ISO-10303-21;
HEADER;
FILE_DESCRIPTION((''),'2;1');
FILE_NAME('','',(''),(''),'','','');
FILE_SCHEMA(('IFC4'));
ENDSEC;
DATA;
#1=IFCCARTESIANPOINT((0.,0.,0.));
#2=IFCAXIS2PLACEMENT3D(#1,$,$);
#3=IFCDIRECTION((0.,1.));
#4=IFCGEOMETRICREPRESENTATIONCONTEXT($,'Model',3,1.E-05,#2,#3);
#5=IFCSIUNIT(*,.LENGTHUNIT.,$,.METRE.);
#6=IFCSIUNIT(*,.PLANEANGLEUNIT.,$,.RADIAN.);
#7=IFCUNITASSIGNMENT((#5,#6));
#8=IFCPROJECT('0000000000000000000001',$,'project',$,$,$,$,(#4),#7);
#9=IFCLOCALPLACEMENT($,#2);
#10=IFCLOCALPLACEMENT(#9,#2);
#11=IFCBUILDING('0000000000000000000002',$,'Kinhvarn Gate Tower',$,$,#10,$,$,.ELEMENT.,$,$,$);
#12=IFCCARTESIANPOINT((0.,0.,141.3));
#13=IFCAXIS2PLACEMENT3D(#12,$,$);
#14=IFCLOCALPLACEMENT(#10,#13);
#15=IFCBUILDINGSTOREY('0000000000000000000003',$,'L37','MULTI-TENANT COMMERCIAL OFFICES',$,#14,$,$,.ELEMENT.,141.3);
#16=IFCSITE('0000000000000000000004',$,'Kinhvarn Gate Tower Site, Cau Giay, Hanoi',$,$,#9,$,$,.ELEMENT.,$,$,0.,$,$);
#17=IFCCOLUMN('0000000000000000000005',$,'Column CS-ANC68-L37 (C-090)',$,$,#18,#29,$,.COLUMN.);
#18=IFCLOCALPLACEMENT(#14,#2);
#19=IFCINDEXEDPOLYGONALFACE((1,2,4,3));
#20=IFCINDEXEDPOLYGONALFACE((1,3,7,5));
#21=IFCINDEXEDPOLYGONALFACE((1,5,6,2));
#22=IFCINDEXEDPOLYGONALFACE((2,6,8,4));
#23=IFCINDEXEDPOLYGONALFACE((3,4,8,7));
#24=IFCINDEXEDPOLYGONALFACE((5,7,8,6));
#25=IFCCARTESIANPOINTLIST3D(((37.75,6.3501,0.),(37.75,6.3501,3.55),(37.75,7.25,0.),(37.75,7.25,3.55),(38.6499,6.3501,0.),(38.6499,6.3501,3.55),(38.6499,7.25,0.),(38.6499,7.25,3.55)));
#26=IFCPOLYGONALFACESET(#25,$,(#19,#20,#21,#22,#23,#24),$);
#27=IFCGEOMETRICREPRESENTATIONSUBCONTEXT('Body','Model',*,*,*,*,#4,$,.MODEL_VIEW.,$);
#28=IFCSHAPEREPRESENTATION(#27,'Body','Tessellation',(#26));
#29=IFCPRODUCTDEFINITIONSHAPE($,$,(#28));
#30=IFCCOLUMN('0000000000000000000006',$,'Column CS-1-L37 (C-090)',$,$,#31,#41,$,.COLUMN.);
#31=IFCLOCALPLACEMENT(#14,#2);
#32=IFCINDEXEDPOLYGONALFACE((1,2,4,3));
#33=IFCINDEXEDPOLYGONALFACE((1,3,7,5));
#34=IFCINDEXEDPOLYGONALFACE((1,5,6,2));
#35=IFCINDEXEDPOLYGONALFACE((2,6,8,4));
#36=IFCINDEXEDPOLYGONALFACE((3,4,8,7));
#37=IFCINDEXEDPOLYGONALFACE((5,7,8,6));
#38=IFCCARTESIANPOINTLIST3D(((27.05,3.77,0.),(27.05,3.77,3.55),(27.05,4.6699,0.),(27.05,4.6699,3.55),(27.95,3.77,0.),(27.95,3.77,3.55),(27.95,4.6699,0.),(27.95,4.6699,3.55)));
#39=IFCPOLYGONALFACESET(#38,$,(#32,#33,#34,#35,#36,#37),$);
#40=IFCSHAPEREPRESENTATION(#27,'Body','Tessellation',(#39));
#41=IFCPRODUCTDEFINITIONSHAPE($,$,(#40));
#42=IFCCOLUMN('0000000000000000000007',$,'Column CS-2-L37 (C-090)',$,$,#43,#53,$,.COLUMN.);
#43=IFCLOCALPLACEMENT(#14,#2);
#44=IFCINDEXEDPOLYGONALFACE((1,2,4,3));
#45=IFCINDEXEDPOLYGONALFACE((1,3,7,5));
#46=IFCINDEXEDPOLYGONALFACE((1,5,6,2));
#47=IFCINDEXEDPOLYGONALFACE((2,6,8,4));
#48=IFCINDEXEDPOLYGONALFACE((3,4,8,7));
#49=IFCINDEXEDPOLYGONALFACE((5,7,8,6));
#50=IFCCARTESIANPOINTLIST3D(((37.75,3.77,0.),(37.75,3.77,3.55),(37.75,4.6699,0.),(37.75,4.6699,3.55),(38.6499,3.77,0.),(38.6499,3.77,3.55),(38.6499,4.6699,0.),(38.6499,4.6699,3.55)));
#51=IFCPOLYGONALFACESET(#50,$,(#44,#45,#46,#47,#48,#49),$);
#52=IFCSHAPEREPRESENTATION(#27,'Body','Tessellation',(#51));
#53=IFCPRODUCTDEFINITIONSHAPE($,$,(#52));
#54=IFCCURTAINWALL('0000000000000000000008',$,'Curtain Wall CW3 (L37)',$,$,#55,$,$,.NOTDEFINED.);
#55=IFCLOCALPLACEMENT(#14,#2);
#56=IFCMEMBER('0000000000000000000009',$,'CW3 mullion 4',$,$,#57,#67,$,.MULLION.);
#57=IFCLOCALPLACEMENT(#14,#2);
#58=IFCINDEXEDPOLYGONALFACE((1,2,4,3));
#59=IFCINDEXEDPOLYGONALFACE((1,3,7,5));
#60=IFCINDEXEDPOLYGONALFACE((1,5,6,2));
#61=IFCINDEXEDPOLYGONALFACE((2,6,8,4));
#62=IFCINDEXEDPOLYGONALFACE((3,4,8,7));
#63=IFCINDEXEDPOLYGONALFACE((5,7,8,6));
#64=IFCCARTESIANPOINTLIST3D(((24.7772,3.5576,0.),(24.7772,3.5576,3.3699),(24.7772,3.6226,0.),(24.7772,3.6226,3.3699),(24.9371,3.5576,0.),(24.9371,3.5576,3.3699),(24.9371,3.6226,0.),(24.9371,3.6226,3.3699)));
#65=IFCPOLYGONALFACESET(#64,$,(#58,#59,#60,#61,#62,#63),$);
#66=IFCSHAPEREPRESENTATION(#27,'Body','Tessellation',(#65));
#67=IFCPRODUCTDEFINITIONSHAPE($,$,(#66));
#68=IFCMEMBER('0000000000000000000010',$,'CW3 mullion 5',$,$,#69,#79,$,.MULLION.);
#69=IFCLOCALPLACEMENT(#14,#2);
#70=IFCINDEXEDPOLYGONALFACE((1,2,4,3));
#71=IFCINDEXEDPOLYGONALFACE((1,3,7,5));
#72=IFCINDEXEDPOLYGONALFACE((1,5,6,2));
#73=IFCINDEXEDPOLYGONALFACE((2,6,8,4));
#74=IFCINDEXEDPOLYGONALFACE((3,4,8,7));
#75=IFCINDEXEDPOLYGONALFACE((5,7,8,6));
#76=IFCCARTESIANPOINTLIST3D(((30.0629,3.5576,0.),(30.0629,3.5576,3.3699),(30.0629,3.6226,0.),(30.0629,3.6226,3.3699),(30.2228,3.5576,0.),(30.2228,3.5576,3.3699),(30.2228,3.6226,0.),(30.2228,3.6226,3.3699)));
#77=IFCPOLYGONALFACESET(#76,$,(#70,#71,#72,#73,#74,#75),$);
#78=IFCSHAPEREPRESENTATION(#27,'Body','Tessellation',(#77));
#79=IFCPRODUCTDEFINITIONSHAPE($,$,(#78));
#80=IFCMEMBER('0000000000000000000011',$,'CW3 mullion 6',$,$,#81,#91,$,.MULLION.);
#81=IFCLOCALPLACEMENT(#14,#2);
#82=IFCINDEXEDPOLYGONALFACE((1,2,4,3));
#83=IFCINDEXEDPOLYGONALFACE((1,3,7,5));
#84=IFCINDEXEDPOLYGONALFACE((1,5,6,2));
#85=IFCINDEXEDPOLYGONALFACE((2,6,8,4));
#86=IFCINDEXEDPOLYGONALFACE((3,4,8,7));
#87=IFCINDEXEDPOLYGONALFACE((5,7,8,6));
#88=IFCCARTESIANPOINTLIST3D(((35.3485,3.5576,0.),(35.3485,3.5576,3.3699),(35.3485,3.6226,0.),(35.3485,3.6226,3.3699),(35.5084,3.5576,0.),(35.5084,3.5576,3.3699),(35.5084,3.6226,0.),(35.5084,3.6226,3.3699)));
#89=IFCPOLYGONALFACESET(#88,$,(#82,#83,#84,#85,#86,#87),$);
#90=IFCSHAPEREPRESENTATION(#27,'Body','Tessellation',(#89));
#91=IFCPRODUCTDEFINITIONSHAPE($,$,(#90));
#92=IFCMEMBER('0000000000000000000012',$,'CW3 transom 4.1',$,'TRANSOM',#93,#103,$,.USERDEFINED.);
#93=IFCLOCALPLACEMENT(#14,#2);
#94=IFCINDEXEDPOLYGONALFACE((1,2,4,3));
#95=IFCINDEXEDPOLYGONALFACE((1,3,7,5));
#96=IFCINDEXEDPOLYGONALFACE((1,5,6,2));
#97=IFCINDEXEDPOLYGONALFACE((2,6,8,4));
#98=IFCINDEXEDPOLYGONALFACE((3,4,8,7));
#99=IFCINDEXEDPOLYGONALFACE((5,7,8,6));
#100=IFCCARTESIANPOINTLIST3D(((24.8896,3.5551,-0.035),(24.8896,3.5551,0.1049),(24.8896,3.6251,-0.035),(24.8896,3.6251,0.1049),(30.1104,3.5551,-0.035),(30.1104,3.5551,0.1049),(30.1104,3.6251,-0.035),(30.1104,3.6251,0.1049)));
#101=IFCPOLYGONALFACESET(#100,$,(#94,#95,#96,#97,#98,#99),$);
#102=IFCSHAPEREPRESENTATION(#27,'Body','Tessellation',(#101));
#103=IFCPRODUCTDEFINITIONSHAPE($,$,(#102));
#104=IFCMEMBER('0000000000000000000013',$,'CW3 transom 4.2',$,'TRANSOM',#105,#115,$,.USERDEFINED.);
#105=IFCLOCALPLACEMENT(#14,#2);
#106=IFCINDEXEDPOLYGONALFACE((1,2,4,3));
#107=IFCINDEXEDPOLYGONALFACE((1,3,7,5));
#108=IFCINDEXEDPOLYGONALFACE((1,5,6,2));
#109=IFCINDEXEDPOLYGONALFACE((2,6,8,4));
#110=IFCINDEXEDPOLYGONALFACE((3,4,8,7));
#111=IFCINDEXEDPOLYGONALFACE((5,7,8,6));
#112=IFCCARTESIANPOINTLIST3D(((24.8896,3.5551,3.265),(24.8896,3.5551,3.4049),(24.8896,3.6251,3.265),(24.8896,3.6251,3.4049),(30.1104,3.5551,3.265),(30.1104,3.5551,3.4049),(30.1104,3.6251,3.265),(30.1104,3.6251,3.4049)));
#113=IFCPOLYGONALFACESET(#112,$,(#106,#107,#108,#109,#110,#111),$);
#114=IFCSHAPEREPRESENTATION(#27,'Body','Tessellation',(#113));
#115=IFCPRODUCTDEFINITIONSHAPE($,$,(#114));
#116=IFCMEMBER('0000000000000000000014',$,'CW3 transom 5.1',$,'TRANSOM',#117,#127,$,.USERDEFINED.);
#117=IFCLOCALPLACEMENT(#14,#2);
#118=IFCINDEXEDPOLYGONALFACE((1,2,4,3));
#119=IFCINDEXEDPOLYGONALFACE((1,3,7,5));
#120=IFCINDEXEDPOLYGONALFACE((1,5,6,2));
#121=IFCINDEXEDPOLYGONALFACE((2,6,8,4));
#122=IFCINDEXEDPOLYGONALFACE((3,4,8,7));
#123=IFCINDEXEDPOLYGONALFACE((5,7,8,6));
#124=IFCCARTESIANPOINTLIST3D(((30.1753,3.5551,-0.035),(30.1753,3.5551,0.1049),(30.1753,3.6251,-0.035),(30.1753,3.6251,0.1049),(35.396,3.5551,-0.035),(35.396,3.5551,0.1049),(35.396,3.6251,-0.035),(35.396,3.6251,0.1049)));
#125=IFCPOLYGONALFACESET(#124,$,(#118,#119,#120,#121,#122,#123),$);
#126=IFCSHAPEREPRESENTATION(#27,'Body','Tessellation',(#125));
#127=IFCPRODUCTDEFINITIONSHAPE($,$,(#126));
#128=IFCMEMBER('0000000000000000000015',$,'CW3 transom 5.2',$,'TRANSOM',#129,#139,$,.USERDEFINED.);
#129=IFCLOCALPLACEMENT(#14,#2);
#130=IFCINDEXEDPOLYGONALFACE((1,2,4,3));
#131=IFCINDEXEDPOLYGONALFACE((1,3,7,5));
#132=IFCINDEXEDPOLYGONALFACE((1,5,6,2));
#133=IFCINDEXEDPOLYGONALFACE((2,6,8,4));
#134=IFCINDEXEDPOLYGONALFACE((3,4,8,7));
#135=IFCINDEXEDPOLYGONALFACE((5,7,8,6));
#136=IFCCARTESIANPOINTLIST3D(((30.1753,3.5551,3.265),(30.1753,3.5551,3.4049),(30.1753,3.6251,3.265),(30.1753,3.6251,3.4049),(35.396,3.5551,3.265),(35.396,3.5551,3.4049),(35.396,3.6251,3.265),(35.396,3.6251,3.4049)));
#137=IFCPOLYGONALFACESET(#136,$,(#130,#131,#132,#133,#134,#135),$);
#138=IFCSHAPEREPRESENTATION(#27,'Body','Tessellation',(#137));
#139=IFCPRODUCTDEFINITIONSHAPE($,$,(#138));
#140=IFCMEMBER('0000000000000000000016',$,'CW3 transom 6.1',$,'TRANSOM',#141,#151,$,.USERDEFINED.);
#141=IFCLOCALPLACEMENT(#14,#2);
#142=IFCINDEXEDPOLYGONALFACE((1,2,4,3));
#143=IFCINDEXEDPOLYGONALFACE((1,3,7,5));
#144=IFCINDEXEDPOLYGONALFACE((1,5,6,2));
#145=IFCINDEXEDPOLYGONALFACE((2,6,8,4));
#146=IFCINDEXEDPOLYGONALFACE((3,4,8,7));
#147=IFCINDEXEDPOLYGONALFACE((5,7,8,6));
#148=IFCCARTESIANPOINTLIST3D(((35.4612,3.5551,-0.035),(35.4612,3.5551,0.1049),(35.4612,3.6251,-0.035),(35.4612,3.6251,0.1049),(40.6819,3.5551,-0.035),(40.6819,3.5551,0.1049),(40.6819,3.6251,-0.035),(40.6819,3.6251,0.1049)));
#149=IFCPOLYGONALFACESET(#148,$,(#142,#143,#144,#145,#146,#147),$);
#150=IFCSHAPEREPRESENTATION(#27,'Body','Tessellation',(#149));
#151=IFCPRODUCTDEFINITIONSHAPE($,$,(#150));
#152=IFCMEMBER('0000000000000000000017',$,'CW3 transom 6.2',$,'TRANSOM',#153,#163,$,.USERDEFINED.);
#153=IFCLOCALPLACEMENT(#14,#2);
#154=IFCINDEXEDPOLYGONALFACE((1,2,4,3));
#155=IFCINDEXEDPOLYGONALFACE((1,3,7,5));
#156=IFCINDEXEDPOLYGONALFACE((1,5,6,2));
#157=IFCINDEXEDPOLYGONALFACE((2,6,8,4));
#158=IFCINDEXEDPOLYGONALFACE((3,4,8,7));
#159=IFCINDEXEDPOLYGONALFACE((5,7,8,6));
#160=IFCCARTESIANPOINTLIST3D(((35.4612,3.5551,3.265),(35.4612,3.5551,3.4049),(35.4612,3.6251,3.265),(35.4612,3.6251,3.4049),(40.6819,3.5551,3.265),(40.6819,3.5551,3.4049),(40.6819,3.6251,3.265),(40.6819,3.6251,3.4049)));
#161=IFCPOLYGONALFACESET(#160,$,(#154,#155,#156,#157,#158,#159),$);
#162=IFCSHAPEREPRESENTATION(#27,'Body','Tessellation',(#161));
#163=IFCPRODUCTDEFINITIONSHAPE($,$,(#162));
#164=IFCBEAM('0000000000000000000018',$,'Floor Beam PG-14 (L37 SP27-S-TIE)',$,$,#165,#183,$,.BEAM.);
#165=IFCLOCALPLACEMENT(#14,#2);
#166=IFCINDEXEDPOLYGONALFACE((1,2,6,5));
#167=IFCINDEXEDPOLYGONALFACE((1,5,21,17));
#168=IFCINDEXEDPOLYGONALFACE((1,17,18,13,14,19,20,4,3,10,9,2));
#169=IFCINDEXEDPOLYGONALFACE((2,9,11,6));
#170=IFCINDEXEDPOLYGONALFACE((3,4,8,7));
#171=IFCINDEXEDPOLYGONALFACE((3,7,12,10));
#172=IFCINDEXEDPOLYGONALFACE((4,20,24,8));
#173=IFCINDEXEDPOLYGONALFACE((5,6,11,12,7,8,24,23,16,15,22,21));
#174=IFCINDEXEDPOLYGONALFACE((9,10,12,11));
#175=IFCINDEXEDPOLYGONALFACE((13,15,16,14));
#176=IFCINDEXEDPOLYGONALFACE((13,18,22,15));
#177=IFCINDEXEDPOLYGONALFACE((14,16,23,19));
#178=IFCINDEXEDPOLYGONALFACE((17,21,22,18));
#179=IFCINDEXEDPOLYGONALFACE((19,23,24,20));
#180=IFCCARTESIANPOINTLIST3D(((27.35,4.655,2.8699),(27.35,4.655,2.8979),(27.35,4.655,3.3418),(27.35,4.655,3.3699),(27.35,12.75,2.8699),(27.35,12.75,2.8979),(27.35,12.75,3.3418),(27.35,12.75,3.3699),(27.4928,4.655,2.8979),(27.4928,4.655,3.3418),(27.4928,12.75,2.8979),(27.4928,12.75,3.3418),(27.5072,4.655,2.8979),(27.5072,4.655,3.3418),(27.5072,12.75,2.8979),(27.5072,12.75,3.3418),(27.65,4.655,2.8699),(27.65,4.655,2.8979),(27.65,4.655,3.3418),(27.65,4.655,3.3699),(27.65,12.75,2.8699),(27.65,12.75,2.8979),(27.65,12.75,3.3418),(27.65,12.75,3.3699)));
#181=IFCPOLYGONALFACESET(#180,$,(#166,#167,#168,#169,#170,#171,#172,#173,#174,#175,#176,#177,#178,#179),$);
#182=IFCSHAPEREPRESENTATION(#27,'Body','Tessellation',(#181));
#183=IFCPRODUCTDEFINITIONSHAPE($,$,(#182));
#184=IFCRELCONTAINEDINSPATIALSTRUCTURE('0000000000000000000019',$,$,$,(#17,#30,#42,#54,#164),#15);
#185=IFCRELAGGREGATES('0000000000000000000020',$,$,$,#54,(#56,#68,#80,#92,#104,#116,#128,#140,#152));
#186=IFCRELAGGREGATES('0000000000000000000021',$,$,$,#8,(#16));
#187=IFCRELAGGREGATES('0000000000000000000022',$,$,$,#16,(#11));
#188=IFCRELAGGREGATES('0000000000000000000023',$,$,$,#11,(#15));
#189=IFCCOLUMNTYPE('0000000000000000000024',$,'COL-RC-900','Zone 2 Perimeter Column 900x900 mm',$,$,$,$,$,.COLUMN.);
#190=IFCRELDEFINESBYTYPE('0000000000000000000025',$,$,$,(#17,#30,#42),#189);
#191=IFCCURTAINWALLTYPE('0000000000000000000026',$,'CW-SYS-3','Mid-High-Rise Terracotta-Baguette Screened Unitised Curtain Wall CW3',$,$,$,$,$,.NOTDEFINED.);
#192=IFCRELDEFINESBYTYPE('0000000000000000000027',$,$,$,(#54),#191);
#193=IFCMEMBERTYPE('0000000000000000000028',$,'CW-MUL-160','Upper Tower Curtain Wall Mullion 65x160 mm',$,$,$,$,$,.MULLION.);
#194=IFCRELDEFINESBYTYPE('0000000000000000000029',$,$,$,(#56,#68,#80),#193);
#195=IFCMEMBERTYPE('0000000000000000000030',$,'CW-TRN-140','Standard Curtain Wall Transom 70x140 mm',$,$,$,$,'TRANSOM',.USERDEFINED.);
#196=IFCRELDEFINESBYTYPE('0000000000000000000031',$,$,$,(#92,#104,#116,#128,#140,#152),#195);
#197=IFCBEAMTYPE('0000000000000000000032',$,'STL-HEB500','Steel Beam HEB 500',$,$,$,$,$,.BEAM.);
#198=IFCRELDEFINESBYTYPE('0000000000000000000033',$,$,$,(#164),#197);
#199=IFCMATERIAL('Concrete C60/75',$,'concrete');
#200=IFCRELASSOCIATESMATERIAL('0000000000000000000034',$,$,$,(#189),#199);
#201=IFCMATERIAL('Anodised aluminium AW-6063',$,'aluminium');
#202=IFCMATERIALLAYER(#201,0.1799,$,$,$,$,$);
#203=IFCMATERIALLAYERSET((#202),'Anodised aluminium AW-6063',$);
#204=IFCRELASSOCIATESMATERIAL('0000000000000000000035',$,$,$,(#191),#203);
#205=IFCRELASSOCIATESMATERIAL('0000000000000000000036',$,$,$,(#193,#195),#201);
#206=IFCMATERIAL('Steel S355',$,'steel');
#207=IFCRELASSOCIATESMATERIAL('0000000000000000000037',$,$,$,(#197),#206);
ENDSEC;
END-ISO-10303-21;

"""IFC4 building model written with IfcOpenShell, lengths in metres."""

from ifc_helpers import new_model, si_unit, direction, frame, origin, origin_2d, place, context, subcontext, project, spatial, rectangle, i_section, extrude, material, layer, layer_set, material_profile, profile_set, type_object, element, aggregate, save


model = new_model("IFC4")

# Units and contexts
model_context = context("Model", 3, precision=1e-05, world=origin(), true_north=direction((0.0, 1.0)))
body_context = subcontext(model_context, "Body", "Model", "MODEL_VIEW")
ifc_project = project(units=[si_unit("LENGTHUNIT", "METRE"), si_unit("PLANEANGLEUNIT", "RADIAN")], contexts=[model_context])

# Site, building, storey
site_placement = place(None, origin())
site = spatial("IfcSite", under=ifc_project, at=site_placement, Name="Kinhvarn Gate Tower Site, Cau Giay, Hanoi", CompositionType="ELEMENT", RefElevation=0.0)
building_placement = place(site_placement, origin())
building = spatial("IfcBuilding", under=site, at=building_placement, Name="Kinhvarn Gate Tower", CompositionType="ELEMENT")
storey_placement = place(building_placement, frame((0.0, 0.0, 141.3)))
storey = spatial("IfcBuildingStorey", under=building, at=storey_placement, Name="L37", Description="MULTI-TENANT COMMERCIAL OFFICES", CompositionType="ELEMENT", Elevation=141.3)

# Columns
ifc_material_1 = material(Name="Concrete C60/75", Category="concrete")
ifc_material_profile_1 = material_profile(ifc_material_1, rectangle(XDim=0.8999, YDim=0.8999, at=origin_2d()), Name="RC 900x900")
ifc_profile_set_1 = profile_set([ifc_material_profile_1], Name="Concrete C60/75")
column_type = type_object("IfcColumnType", Name="COL-RC-900", Description="Zone 2 Perimeter Column 900x900 mm", PredefinedType="COLUMN", material=ifc_profile_set_1)
for number, where, z_axis, x_axis, name in (
    (1, (38.2, 6.8, 0.0), (0.0, 0.0, 1.0), (1.0, 0.0, 0.0), "Column CS-ANC68-L37 (C-090)"),
    (2, (27.5, 4.22, 0.0), (0.0, 0.0, 1.0), (1.0, 0.0, 0.0), "Column CS-1-L37 (C-090)"),
    (3, (38.2, 4.22, 0.0), (0.0, 0.0, 1.0), (1.0, 0.0, 0.0), "Column CS-2-L37 (C-090)"),
):
    element("IfcColumn", number, at=place(storey_placement, frame(where, z_axis=z_axis, x_axis=x_axis)), inside=storey, type_object=column_type, Name=name, PredefinedType="COLUMN", context=body_context, shape_type="SweptSolid", body=[
        extrude(rectangle(XDim=0.8999, YDim=0.8999, at=origin_2d()), origin(), (0.0, 0.0, 1.0), 3.55),
    ])

# Curtain wall, members
ifc_material_2 = material(Name="Anodised aluminium AW-6063", Category="aluminium")
ifc_layer_1 = layer(ifc_material_2, 0.1799)
ifc_layer_set_1 = layer_set([ifc_layer_1], Name="Anodised aluminium AW-6063")
curtain_wall_type = type_object("IfcCurtainWallType", Name="CW-SYS-3", Description="Mid-High-Rise Terracotta-Baguette Screened Unitised Curtain Wall CW3", PredefinedType="NOTDEFINED", material=ifc_layer_set_1)
curtain_wall_placement = place(storey_placement, origin())
curtain_wall = element("IfcCurtainWall", 4, at=curtain_wall_placement, inside=storey, type_object=curtain_wall_type, Name="Curtain Wall CW3 (L37)", PredefinedType="NOTDEFINED")
ifc_material_profile_2 = material_profile(ifc_material_2, rectangle(XDim=0.0649, YDim=0.1599, at=origin_2d()), Name="ALU 65x160")
ifc_profile_set_2 = profile_set([ifc_material_profile_2], Name="Anodised aluminium AW-6063")
member_type_1 = type_object("IfcMemberType", Name="CW-MUL-160", Description="Upper Tower Curtain Wall Mullion 65x160 mm", PredefinedType="MULLION", material=ifc_profile_set_2)
member_1_placement = place(storey_placement, frame((24.8572, 3.5901, 0.0), z_axis=(0.0, 0.0, 1.0), x_axis=(0.0, 1.0, 0.0)))
member_1 = element("IfcMember", 5, at=member_1_placement, type_object=member_type_1, Name="CW3 mullion 4", PredefinedType="MULLION", context=body_context, shape_type="SweptSolid", body=[
    extrude(rectangle(XDim=0.0649, YDim=0.1599, at=origin_2d()), origin(), (0.0, 0.0, 1.0), 3.3699),
])
member_2_placement = place(storey_placement, frame((30.1428, 3.5901, 0.0), z_axis=(0.0, 0.0, 1.0), x_axis=(0.0, 1.0, 0.0)))
member_2 = element("IfcMember", 6, at=member_2_placement, type_object=member_type_1, Name="CW3 mullion 5", PredefinedType="MULLION", context=body_context, shape_type="SweptSolid", body=[
    extrude(rectangle(XDim=0.0649, YDim=0.1599, at=origin_2d()), origin(), (0.0, 0.0, 1.0), 3.3699),
])
member_3_placement = place(storey_placement, frame((35.4285, 3.5901, 0.0), z_axis=(0.0, 0.0, 1.0), x_axis=(0.0, 1.0, 0.0)))
member_3 = element("IfcMember", 7, at=member_3_placement, type_object=member_type_1, Name="CW3 mullion 6", PredefinedType="MULLION", context=body_context, shape_type="SweptSolid", body=[
    extrude(rectangle(XDim=0.0649, YDim=0.1599, at=origin_2d()), origin(), (0.0, 0.0, 1.0), 3.3699),
])
ifc_material_profile_3 = material_profile(ifc_material_2, rectangle(XDim=0.0701, YDim=0.1399, at=origin_2d()), Name="ALU 70x140")
ifc_profile_set_3 = profile_set([ifc_material_profile_3], Name="Anodised aluminium AW-6063")
member_type_2 = type_object("IfcMemberType", Name="CW-TRN-140", Description="Standard Curtain Wall Transom 70x140 mm", ElementType="TRANSOM", PredefinedType="USERDEFINED", material=ifc_profile_set_3)
member_4_placement = place(storey_placement, frame((24.8896, 3.5901, 0.0349), z_axis=(1.0, 0.0, 0.0), x_axis=(0.0, 1.0, 0.0)))
member_4 = element("IfcMember", 8, at=member_4_placement, type_object=member_type_2, Name="CW3 transom 4.1", ObjectType="TRANSOM", PredefinedType="USERDEFINED", context=body_context, shape_type="SweptSolid", body=[
    extrude(rectangle(XDim=0.0701, YDim=0.1399, at=origin_2d()), origin(), (0.0, 0.0, 1.0), 5.2207),
])
member_5_placement = place(storey_placement, frame((24.8896, 3.5901, 3.335), z_axis=(1.0, 0.0, 0.0), x_axis=(0.0, 1.0, 0.0)))
member_5 = element("IfcMember", 9, at=member_5_placement, type_object=member_type_2, Name="CW3 transom 4.2", ObjectType="TRANSOM", PredefinedType="USERDEFINED", context=body_context, shape_type="SweptSolid", body=[
    extrude(rectangle(XDim=0.0701, YDim=0.1399, at=origin_2d()), origin(), (0.0, 0.0, 1.0), 5.2207),
])
member_6_placement = place(storey_placement, frame((30.1753, 3.5901, 0.0349), z_axis=(1.0, 0.0, 0.0), x_axis=(0.0, 1.0, 0.0)))
member_6 = element("IfcMember", 10, at=member_6_placement, type_object=member_type_2, Name="CW3 transom 5.1", ObjectType="TRANSOM", PredefinedType="USERDEFINED", context=body_context, shape_type="SweptSolid", body=[
    extrude(rectangle(XDim=0.0701, YDim=0.1399, at=origin_2d()), origin(), (0.0, 0.0, 1.0), 5.2207),
])
member_7_placement = place(storey_placement, frame((30.1753, 3.5901, 3.335), z_axis=(1.0, 0.0, 0.0), x_axis=(0.0, 1.0, 0.0)))
member_7 = element("IfcMember", 11, at=member_7_placement, type_object=member_type_2, Name="CW3 transom 5.2", ObjectType="TRANSOM", PredefinedType="USERDEFINED", context=body_context, shape_type="SweptSolid", body=[
    extrude(rectangle(XDim=0.0701, YDim=0.1399, at=origin_2d()), origin(), (0.0, 0.0, 1.0), 5.2207),
])
member_8_placement = place(storey_placement, frame((35.4612, 3.5901, 0.0349), z_axis=(1.0, 0.0, 0.0), x_axis=(0.0, 1.0, 0.0)))
member_8 = element("IfcMember", 12, at=member_8_placement, type_object=member_type_2, Name="CW3 transom 6.1", ObjectType="TRANSOM", PredefinedType="USERDEFINED", context=body_context, shape_type="SweptSolid", body=[
    extrude(rectangle(XDim=0.0701, YDim=0.1399, at=origin_2d()), origin(), (0.0, 0.0, 1.0), 5.2207),
])
member_9_placement = place(storey_placement, frame((35.4612, 3.5901, 3.335), z_axis=(1.0, 0.0, 0.0), x_axis=(0.0, 1.0, 0.0)))
member_9 = element("IfcMember", 13, at=member_9_placement, type_object=member_type_2, Name="CW3 transom 6.2", ObjectType="TRANSOM", PredefinedType="USERDEFINED", context=body_context, shape_type="SweptSolid", body=[
    extrude(rectangle(XDim=0.0701, YDim=0.1399, at=origin_2d()), origin(), (0.0, 0.0, 1.0), 5.2207),
])

# Beam
ifc_material_3 = material(Name="Steel S355", Category="steel")
ifc_material_profile_4 = material_profile(ifc_material_3, i_section(OverallWidth=0.3, OverallDepth=0.5, WebThickness=0.0144, FlangeThickness=0.0281, at=origin_2d()), Name="HEB 500")
ifc_profile_set_4 = profile_set([ifc_material_profile_4], Name="Steel S355")
beam_type_1 = type_object("IfcBeamType", Name="STL-HEB500", Description="Steel Beam HEB 500", PredefinedType="BEAM", material=ifc_profile_set_4)
beam_1_placement = place(storey_placement, frame((27.5, 4.655, 3.1199), z_axis=(0.0, 1.0, 0.0), x_axis=(-1.0, 0.0, 0.0)))
element("IfcBeam", 14, at=beam_1_placement, inside=storey, type_object=beam_type_1, Name="Floor Beam PG-14 (L37 SP27-S-TIE)", PredefinedType="BEAM", context=body_context, shape_type="SweptSolid", body=[
    extrude(i_section(OverallWidth=0.3, OverallDepth=0.5, WebThickness=0.0144, FlangeThickness=0.0281, at=origin_2d()), origin(), (0.0, 0.0, 1.0), 8.095),
])

aggregate(curtain_wall, [member_1, member_2, member_3, member_4, member_5, member_6, member_7, member_8, member_9])

save(model, "model.ifc")
